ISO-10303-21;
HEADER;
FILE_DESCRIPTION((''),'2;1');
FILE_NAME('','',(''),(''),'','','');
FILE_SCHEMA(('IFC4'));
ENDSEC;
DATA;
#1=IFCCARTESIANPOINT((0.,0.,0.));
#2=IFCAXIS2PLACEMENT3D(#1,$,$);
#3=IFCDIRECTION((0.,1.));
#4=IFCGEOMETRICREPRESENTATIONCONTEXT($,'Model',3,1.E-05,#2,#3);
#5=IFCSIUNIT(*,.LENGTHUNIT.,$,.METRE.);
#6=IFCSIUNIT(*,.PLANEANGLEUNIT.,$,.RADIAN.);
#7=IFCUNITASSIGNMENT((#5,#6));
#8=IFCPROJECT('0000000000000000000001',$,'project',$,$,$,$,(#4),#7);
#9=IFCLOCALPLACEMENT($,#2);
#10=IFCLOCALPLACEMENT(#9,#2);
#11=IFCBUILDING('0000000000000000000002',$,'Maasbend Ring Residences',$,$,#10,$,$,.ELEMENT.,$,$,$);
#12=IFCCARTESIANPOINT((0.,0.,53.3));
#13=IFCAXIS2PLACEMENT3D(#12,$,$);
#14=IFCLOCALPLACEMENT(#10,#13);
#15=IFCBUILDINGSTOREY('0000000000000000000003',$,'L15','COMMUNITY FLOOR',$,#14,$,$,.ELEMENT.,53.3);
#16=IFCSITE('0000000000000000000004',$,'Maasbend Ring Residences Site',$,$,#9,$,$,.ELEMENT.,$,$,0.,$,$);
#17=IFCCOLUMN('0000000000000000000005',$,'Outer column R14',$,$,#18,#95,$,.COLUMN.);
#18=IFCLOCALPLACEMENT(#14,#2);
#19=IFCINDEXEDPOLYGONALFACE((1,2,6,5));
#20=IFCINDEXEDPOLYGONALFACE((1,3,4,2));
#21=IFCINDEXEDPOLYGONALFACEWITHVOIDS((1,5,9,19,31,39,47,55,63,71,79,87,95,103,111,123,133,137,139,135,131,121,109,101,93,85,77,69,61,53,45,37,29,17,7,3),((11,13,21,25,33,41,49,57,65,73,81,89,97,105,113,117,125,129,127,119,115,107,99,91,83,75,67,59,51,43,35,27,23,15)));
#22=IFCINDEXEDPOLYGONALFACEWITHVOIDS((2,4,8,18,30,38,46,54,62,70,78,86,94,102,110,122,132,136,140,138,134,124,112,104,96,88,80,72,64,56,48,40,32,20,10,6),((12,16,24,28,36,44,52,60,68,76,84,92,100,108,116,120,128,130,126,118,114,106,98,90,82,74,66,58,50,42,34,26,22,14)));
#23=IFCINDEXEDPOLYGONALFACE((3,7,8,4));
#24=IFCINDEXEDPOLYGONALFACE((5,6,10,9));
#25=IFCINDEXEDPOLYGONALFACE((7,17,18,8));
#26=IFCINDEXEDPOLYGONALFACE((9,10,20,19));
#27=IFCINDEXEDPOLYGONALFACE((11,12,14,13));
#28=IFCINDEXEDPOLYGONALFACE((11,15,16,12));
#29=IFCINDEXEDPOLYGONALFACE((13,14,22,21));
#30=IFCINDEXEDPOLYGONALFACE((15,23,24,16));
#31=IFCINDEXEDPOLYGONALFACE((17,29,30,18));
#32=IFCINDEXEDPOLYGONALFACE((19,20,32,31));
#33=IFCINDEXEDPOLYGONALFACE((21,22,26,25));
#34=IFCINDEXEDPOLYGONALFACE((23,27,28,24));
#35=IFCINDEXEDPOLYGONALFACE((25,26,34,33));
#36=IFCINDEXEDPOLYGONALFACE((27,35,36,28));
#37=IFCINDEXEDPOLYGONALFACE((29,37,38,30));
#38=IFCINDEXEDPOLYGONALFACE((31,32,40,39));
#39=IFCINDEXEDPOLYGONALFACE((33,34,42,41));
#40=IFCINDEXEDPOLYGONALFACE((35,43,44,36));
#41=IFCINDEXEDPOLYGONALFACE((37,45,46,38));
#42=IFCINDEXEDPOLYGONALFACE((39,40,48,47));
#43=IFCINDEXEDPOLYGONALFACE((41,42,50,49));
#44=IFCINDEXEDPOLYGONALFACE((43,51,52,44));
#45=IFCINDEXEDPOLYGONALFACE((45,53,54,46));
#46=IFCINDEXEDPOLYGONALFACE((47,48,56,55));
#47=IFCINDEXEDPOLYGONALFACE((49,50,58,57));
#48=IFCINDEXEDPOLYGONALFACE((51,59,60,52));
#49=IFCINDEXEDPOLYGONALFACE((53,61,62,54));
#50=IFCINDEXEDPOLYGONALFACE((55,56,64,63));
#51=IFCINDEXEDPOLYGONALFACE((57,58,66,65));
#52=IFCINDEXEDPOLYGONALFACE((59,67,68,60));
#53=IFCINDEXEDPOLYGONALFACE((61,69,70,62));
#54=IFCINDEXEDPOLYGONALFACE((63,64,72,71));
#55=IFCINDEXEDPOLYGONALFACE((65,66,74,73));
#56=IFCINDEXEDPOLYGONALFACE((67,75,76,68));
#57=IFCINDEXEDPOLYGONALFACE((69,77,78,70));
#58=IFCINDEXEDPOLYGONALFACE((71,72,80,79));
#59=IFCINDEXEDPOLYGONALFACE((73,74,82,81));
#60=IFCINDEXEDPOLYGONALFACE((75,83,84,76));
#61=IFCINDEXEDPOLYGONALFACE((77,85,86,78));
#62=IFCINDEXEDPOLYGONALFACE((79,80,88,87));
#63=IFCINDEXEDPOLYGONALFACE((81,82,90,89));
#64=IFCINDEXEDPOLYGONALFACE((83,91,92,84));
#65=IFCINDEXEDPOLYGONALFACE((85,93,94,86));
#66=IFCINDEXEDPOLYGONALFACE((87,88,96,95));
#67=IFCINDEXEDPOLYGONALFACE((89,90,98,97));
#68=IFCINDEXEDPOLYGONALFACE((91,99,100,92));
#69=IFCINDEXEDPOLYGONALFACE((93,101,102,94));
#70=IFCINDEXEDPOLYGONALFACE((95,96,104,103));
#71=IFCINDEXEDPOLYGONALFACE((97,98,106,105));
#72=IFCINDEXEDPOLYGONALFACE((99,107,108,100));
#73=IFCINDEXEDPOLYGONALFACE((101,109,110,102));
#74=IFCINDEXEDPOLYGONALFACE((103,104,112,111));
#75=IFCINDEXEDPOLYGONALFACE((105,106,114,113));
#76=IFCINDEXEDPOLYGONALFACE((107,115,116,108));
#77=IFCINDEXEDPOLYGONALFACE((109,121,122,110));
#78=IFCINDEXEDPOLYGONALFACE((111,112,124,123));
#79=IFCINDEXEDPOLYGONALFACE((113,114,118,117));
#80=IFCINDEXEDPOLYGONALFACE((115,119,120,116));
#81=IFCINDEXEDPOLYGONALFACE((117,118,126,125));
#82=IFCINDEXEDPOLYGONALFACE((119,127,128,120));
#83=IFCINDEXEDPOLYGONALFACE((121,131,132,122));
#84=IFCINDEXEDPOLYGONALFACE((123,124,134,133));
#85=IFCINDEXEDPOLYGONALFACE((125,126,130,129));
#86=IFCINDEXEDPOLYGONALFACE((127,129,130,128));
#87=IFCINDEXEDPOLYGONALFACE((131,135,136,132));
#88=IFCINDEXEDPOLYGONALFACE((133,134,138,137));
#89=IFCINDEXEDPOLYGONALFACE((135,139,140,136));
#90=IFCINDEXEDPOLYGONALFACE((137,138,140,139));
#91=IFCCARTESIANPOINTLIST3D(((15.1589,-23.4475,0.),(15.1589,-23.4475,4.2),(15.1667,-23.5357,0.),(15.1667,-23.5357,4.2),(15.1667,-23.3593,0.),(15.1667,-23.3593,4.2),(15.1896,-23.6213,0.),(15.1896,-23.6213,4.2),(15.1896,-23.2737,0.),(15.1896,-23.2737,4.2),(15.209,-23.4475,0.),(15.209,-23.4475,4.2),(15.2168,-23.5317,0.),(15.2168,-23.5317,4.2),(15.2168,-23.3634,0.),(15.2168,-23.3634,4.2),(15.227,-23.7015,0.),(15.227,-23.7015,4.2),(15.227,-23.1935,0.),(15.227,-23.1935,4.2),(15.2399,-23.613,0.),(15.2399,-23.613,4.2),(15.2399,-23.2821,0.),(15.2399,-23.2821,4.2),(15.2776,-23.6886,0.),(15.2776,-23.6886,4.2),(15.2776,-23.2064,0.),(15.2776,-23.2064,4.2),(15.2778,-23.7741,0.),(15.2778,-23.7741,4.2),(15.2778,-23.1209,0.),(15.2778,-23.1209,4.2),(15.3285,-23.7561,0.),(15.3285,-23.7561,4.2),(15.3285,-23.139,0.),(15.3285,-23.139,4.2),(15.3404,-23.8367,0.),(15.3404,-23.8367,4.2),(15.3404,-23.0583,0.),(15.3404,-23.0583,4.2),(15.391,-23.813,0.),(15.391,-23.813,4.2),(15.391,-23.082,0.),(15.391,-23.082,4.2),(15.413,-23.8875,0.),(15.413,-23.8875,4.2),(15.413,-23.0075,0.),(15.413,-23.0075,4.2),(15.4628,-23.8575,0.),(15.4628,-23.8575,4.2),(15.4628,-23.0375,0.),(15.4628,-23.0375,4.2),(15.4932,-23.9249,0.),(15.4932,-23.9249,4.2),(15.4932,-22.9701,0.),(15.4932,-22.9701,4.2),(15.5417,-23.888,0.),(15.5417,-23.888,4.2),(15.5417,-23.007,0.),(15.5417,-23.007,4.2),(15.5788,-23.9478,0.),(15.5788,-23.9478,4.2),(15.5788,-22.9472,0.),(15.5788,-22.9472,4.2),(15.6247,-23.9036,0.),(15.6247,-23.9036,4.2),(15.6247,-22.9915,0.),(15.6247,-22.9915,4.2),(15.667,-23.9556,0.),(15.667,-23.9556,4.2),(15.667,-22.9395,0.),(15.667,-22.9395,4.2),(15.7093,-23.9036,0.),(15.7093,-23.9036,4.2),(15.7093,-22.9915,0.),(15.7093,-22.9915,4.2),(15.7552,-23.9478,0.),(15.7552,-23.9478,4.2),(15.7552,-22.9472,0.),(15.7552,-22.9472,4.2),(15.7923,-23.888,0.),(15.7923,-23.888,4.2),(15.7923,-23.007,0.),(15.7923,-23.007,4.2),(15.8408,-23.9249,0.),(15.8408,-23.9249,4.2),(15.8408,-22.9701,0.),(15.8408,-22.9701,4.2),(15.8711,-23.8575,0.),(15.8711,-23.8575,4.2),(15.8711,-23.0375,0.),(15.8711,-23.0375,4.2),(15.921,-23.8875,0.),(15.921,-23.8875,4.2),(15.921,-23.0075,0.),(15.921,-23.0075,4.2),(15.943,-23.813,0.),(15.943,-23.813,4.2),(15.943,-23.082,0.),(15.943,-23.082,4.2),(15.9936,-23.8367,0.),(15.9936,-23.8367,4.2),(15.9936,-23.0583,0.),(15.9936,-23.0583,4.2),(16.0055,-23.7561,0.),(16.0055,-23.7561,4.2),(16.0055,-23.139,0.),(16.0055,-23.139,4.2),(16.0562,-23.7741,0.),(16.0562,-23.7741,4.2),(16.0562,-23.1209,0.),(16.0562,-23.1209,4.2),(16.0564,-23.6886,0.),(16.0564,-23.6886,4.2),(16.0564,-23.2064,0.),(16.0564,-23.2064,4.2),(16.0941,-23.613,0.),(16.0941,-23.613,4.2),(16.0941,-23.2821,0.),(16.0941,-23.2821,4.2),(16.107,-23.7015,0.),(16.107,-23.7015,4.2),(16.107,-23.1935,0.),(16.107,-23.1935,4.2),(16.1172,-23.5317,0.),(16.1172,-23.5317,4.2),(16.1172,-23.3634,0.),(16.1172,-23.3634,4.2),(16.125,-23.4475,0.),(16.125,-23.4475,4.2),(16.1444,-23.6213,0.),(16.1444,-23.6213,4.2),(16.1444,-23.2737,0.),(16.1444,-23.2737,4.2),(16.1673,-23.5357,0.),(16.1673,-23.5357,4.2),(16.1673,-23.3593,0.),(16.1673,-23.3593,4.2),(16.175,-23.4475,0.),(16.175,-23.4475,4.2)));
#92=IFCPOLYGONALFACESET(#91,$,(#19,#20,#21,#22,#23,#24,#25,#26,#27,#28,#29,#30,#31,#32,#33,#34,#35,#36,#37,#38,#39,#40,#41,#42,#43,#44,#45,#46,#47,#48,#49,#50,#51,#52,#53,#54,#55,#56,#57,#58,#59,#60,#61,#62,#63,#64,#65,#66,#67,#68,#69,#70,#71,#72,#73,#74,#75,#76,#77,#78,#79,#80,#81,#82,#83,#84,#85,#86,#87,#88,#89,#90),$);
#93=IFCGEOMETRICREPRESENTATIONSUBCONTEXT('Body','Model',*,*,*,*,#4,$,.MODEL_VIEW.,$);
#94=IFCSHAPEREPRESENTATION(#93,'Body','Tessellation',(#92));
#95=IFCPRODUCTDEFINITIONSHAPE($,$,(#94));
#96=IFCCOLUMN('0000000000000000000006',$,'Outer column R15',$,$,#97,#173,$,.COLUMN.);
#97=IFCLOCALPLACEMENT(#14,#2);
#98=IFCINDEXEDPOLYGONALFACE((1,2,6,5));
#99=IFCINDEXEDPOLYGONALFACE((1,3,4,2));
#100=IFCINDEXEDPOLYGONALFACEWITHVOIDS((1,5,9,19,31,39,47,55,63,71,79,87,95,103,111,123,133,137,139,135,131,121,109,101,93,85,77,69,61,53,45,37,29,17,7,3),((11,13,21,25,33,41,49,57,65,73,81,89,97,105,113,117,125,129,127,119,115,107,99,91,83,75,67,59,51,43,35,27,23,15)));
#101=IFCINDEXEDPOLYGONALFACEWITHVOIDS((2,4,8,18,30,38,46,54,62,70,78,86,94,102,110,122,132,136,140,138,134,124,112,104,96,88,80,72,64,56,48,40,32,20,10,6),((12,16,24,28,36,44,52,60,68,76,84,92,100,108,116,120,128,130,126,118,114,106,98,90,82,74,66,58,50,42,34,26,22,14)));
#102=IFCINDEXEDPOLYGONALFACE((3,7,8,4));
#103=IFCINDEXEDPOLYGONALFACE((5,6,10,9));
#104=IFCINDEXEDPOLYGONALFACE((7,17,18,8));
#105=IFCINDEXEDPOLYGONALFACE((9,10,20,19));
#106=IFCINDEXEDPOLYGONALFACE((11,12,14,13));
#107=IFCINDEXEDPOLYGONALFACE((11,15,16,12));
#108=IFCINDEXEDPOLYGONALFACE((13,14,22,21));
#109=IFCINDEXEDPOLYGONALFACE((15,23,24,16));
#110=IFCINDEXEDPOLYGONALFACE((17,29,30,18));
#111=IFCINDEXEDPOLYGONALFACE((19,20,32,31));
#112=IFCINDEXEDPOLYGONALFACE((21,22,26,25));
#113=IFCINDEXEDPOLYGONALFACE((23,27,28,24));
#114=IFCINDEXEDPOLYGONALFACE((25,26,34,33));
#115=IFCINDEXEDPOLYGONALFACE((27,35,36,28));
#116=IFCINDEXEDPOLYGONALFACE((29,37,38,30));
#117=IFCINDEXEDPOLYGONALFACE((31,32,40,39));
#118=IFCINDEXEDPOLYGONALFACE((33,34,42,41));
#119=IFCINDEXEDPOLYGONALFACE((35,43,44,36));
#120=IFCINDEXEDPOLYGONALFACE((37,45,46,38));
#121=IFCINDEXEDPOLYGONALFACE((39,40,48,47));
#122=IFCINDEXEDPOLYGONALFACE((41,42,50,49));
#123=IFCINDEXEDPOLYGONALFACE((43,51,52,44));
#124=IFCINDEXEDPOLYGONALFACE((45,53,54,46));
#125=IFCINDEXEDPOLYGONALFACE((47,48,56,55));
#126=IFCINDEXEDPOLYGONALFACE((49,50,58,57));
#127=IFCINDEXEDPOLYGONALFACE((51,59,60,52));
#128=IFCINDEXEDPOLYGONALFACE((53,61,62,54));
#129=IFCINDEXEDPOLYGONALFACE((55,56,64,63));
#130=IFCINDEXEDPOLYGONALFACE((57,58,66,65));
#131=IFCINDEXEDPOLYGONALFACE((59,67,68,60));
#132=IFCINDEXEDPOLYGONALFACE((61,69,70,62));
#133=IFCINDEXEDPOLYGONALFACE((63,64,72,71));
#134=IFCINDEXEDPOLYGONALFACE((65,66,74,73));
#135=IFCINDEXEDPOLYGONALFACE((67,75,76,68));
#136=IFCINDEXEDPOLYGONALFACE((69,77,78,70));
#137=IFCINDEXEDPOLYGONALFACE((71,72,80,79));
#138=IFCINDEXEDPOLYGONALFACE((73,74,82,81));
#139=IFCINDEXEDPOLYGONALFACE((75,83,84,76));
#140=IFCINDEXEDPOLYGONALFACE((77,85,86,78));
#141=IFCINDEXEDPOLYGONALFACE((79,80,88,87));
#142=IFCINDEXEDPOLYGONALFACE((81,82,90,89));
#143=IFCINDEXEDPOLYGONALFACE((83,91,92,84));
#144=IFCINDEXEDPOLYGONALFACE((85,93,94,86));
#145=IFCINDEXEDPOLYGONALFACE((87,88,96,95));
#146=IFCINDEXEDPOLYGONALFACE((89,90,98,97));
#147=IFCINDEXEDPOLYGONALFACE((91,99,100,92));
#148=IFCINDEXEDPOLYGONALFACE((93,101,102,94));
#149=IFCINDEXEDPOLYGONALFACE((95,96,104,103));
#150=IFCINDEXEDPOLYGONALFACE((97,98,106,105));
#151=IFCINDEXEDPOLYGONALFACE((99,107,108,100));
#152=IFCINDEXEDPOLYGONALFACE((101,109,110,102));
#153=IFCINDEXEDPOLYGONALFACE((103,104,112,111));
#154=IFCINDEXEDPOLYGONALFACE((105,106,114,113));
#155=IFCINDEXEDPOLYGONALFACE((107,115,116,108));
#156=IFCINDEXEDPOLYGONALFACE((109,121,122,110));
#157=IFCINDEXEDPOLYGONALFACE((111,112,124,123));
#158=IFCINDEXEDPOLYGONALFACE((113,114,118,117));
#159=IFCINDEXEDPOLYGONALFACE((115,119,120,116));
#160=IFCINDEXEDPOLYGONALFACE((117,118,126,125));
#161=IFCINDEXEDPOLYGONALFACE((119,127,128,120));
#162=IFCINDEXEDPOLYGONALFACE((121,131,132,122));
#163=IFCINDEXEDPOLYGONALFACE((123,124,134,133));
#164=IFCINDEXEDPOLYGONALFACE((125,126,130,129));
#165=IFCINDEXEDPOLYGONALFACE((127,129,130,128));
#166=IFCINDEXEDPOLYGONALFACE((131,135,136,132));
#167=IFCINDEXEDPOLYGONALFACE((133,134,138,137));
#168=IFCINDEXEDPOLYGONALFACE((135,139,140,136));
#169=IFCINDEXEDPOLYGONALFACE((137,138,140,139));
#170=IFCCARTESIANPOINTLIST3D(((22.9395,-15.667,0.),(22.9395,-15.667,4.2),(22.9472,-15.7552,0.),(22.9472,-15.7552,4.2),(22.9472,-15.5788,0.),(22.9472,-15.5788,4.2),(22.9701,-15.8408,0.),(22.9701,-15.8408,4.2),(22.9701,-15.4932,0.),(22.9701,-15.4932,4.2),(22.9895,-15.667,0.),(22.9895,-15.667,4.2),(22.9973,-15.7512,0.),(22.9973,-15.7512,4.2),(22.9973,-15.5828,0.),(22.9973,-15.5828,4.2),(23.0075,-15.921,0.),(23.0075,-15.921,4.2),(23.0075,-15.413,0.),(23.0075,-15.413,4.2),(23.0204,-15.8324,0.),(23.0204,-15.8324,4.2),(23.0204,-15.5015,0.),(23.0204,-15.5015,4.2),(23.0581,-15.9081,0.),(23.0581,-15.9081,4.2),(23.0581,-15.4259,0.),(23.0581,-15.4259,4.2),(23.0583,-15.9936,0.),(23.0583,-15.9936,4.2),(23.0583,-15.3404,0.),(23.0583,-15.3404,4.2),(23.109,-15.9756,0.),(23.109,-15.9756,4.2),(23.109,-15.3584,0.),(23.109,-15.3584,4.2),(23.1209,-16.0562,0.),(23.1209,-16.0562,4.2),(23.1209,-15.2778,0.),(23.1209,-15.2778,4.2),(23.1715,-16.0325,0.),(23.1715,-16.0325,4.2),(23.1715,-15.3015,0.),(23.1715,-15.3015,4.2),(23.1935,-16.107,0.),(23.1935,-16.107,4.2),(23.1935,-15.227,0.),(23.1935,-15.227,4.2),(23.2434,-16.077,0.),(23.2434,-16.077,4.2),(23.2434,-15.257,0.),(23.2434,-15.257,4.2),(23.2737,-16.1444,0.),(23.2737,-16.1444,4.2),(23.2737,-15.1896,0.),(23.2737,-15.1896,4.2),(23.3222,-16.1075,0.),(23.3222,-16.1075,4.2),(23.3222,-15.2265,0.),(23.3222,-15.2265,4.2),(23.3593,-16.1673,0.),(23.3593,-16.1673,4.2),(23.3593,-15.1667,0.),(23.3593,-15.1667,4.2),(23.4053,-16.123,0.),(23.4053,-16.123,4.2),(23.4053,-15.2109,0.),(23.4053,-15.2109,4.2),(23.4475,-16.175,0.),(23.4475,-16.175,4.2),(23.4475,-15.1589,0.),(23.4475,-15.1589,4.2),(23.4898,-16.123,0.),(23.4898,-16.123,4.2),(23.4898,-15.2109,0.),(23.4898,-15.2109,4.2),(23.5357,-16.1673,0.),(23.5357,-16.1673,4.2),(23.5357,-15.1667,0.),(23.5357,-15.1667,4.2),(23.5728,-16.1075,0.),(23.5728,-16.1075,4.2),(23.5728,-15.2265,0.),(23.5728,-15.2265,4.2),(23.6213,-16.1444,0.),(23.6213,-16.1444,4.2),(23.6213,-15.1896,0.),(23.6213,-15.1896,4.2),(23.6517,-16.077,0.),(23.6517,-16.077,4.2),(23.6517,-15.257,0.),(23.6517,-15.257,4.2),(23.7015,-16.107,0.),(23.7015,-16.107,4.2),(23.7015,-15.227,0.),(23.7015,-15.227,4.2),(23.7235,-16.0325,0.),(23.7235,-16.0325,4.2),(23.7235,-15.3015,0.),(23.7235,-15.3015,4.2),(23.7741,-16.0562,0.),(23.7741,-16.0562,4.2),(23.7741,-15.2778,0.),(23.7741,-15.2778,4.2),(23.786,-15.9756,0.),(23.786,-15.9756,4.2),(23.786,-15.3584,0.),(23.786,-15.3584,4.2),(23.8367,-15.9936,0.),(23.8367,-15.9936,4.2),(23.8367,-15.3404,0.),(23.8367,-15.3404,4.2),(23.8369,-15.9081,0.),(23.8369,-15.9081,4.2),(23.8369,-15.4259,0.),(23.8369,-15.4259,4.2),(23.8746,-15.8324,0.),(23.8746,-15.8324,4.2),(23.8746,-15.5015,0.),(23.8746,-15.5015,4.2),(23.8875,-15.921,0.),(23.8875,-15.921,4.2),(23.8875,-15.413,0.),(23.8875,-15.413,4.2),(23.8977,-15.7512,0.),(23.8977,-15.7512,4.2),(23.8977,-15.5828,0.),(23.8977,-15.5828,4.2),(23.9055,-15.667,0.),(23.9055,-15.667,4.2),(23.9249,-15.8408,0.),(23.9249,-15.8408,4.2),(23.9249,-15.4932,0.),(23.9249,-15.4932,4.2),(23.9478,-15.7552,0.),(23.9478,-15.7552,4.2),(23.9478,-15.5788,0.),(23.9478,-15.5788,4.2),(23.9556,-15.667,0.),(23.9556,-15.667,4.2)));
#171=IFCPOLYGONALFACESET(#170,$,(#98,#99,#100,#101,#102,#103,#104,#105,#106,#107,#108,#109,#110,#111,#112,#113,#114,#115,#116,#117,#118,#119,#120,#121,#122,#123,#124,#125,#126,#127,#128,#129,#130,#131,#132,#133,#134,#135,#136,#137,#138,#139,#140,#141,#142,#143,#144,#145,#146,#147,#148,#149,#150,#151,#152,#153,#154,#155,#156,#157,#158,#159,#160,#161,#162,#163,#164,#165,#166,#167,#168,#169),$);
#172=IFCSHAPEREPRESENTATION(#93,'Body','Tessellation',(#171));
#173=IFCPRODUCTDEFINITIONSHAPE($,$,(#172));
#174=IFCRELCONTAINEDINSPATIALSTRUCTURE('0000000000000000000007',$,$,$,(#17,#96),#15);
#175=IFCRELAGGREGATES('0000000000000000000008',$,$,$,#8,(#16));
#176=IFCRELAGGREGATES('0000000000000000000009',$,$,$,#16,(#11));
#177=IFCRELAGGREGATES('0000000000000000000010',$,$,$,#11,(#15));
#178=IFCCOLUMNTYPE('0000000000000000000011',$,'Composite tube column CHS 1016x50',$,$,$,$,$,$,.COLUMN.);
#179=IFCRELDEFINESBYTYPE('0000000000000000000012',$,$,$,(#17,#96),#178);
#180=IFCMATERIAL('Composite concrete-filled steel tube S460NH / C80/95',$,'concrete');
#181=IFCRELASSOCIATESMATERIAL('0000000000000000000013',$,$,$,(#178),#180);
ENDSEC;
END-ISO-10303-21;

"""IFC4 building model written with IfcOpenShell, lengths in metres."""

from ifc_helpers import new_model, si_unit, direction, frame, origin, origin_2d, place, context, subcontext, project, spatial, hollow_circle, extrude, material, material_profile, profile_set, type_object, element, save


model = new_model("IFC4")

# Units and contexts
model_context = context("Model", 3, precision=1e-05, world=origin(), true_north=direction((0.0, 1.0)))
body_context = subcontext(model_context, "Body", "Model", "MODEL_VIEW")
ifc_project = project(units=[si_unit("LENGTHUNIT", "METRE"), si_unit("PLANEANGLEUNIT", "RADIAN")], contexts=[model_context])

# Site, building, storey
site_placement = place(None, origin())
site = spatial("IfcSite", under=ifc_project, at=site_placement, Name="Maasbend Ring Residences Site", CompositionType="ELEMENT", RefElevation=0.0)
building_placement = place(site_placement, origin())
building = spatial("IfcBuilding", under=site, at=building_placement, Name="Maasbend Ring Residences", CompositionType="ELEMENT")
storey_placement = place(building_placement, frame((0.0, 0.0, 53.3)))
storey = spatial("IfcBuildingStorey", under=building, at=storey_placement, Name="L15", Description="COMMUNITY FLOOR", CompositionType="ELEMENT", Elevation=53.3)

# Columns
ifc_material_1 = material(Name="Composite concrete-filled steel tube S460NH / C80/95", Category="concrete")
ifc_material_profile_1 = material_profile(ifc_material_1, hollow_circle(Radius=0.5081, WallThickness=0.05, at=origin_2d()), Name="Composite tube column CHS 1016x50")
ifc_profile_set_1 = profile_set([ifc_material_profile_1], Name="Composite concrete-filled steel tube S460NH / C80/95")
column_type_1 = type_object("IfcColumnType", Name="Composite tube column CHS 1016x50", PredefinedType="COLUMN", material=ifc_profile_set_1)
for number, where, z_axis, x_axis, name in (
    (1, (15.667, -23.4475, 0.0), (0.0, 0.0, 1.0), (1.0, 0.0, 0.0), "Outer column R14"),
    (2, (23.4475, -15.667, 0.0), (0.0, 0.0, 1.0), (1.0, 0.0, 0.0), "Outer column R15"),
):
    element("IfcColumn", number, at=place(storey_placement, frame(where, z_axis=z_axis, x_axis=x_axis)), inside=storey, type_object=column_type_1, Name=name, PredefinedType="COLUMN", context=body_context, shape_type="SweptSolid", body=[
        extrude(hollow_circle(Radius=0.5081, WallThickness=0.05, at=origin_2d()), origin(), (0.0, 0.0, 1.0), 4.2),
    ])

save(model, "model.ifc")
